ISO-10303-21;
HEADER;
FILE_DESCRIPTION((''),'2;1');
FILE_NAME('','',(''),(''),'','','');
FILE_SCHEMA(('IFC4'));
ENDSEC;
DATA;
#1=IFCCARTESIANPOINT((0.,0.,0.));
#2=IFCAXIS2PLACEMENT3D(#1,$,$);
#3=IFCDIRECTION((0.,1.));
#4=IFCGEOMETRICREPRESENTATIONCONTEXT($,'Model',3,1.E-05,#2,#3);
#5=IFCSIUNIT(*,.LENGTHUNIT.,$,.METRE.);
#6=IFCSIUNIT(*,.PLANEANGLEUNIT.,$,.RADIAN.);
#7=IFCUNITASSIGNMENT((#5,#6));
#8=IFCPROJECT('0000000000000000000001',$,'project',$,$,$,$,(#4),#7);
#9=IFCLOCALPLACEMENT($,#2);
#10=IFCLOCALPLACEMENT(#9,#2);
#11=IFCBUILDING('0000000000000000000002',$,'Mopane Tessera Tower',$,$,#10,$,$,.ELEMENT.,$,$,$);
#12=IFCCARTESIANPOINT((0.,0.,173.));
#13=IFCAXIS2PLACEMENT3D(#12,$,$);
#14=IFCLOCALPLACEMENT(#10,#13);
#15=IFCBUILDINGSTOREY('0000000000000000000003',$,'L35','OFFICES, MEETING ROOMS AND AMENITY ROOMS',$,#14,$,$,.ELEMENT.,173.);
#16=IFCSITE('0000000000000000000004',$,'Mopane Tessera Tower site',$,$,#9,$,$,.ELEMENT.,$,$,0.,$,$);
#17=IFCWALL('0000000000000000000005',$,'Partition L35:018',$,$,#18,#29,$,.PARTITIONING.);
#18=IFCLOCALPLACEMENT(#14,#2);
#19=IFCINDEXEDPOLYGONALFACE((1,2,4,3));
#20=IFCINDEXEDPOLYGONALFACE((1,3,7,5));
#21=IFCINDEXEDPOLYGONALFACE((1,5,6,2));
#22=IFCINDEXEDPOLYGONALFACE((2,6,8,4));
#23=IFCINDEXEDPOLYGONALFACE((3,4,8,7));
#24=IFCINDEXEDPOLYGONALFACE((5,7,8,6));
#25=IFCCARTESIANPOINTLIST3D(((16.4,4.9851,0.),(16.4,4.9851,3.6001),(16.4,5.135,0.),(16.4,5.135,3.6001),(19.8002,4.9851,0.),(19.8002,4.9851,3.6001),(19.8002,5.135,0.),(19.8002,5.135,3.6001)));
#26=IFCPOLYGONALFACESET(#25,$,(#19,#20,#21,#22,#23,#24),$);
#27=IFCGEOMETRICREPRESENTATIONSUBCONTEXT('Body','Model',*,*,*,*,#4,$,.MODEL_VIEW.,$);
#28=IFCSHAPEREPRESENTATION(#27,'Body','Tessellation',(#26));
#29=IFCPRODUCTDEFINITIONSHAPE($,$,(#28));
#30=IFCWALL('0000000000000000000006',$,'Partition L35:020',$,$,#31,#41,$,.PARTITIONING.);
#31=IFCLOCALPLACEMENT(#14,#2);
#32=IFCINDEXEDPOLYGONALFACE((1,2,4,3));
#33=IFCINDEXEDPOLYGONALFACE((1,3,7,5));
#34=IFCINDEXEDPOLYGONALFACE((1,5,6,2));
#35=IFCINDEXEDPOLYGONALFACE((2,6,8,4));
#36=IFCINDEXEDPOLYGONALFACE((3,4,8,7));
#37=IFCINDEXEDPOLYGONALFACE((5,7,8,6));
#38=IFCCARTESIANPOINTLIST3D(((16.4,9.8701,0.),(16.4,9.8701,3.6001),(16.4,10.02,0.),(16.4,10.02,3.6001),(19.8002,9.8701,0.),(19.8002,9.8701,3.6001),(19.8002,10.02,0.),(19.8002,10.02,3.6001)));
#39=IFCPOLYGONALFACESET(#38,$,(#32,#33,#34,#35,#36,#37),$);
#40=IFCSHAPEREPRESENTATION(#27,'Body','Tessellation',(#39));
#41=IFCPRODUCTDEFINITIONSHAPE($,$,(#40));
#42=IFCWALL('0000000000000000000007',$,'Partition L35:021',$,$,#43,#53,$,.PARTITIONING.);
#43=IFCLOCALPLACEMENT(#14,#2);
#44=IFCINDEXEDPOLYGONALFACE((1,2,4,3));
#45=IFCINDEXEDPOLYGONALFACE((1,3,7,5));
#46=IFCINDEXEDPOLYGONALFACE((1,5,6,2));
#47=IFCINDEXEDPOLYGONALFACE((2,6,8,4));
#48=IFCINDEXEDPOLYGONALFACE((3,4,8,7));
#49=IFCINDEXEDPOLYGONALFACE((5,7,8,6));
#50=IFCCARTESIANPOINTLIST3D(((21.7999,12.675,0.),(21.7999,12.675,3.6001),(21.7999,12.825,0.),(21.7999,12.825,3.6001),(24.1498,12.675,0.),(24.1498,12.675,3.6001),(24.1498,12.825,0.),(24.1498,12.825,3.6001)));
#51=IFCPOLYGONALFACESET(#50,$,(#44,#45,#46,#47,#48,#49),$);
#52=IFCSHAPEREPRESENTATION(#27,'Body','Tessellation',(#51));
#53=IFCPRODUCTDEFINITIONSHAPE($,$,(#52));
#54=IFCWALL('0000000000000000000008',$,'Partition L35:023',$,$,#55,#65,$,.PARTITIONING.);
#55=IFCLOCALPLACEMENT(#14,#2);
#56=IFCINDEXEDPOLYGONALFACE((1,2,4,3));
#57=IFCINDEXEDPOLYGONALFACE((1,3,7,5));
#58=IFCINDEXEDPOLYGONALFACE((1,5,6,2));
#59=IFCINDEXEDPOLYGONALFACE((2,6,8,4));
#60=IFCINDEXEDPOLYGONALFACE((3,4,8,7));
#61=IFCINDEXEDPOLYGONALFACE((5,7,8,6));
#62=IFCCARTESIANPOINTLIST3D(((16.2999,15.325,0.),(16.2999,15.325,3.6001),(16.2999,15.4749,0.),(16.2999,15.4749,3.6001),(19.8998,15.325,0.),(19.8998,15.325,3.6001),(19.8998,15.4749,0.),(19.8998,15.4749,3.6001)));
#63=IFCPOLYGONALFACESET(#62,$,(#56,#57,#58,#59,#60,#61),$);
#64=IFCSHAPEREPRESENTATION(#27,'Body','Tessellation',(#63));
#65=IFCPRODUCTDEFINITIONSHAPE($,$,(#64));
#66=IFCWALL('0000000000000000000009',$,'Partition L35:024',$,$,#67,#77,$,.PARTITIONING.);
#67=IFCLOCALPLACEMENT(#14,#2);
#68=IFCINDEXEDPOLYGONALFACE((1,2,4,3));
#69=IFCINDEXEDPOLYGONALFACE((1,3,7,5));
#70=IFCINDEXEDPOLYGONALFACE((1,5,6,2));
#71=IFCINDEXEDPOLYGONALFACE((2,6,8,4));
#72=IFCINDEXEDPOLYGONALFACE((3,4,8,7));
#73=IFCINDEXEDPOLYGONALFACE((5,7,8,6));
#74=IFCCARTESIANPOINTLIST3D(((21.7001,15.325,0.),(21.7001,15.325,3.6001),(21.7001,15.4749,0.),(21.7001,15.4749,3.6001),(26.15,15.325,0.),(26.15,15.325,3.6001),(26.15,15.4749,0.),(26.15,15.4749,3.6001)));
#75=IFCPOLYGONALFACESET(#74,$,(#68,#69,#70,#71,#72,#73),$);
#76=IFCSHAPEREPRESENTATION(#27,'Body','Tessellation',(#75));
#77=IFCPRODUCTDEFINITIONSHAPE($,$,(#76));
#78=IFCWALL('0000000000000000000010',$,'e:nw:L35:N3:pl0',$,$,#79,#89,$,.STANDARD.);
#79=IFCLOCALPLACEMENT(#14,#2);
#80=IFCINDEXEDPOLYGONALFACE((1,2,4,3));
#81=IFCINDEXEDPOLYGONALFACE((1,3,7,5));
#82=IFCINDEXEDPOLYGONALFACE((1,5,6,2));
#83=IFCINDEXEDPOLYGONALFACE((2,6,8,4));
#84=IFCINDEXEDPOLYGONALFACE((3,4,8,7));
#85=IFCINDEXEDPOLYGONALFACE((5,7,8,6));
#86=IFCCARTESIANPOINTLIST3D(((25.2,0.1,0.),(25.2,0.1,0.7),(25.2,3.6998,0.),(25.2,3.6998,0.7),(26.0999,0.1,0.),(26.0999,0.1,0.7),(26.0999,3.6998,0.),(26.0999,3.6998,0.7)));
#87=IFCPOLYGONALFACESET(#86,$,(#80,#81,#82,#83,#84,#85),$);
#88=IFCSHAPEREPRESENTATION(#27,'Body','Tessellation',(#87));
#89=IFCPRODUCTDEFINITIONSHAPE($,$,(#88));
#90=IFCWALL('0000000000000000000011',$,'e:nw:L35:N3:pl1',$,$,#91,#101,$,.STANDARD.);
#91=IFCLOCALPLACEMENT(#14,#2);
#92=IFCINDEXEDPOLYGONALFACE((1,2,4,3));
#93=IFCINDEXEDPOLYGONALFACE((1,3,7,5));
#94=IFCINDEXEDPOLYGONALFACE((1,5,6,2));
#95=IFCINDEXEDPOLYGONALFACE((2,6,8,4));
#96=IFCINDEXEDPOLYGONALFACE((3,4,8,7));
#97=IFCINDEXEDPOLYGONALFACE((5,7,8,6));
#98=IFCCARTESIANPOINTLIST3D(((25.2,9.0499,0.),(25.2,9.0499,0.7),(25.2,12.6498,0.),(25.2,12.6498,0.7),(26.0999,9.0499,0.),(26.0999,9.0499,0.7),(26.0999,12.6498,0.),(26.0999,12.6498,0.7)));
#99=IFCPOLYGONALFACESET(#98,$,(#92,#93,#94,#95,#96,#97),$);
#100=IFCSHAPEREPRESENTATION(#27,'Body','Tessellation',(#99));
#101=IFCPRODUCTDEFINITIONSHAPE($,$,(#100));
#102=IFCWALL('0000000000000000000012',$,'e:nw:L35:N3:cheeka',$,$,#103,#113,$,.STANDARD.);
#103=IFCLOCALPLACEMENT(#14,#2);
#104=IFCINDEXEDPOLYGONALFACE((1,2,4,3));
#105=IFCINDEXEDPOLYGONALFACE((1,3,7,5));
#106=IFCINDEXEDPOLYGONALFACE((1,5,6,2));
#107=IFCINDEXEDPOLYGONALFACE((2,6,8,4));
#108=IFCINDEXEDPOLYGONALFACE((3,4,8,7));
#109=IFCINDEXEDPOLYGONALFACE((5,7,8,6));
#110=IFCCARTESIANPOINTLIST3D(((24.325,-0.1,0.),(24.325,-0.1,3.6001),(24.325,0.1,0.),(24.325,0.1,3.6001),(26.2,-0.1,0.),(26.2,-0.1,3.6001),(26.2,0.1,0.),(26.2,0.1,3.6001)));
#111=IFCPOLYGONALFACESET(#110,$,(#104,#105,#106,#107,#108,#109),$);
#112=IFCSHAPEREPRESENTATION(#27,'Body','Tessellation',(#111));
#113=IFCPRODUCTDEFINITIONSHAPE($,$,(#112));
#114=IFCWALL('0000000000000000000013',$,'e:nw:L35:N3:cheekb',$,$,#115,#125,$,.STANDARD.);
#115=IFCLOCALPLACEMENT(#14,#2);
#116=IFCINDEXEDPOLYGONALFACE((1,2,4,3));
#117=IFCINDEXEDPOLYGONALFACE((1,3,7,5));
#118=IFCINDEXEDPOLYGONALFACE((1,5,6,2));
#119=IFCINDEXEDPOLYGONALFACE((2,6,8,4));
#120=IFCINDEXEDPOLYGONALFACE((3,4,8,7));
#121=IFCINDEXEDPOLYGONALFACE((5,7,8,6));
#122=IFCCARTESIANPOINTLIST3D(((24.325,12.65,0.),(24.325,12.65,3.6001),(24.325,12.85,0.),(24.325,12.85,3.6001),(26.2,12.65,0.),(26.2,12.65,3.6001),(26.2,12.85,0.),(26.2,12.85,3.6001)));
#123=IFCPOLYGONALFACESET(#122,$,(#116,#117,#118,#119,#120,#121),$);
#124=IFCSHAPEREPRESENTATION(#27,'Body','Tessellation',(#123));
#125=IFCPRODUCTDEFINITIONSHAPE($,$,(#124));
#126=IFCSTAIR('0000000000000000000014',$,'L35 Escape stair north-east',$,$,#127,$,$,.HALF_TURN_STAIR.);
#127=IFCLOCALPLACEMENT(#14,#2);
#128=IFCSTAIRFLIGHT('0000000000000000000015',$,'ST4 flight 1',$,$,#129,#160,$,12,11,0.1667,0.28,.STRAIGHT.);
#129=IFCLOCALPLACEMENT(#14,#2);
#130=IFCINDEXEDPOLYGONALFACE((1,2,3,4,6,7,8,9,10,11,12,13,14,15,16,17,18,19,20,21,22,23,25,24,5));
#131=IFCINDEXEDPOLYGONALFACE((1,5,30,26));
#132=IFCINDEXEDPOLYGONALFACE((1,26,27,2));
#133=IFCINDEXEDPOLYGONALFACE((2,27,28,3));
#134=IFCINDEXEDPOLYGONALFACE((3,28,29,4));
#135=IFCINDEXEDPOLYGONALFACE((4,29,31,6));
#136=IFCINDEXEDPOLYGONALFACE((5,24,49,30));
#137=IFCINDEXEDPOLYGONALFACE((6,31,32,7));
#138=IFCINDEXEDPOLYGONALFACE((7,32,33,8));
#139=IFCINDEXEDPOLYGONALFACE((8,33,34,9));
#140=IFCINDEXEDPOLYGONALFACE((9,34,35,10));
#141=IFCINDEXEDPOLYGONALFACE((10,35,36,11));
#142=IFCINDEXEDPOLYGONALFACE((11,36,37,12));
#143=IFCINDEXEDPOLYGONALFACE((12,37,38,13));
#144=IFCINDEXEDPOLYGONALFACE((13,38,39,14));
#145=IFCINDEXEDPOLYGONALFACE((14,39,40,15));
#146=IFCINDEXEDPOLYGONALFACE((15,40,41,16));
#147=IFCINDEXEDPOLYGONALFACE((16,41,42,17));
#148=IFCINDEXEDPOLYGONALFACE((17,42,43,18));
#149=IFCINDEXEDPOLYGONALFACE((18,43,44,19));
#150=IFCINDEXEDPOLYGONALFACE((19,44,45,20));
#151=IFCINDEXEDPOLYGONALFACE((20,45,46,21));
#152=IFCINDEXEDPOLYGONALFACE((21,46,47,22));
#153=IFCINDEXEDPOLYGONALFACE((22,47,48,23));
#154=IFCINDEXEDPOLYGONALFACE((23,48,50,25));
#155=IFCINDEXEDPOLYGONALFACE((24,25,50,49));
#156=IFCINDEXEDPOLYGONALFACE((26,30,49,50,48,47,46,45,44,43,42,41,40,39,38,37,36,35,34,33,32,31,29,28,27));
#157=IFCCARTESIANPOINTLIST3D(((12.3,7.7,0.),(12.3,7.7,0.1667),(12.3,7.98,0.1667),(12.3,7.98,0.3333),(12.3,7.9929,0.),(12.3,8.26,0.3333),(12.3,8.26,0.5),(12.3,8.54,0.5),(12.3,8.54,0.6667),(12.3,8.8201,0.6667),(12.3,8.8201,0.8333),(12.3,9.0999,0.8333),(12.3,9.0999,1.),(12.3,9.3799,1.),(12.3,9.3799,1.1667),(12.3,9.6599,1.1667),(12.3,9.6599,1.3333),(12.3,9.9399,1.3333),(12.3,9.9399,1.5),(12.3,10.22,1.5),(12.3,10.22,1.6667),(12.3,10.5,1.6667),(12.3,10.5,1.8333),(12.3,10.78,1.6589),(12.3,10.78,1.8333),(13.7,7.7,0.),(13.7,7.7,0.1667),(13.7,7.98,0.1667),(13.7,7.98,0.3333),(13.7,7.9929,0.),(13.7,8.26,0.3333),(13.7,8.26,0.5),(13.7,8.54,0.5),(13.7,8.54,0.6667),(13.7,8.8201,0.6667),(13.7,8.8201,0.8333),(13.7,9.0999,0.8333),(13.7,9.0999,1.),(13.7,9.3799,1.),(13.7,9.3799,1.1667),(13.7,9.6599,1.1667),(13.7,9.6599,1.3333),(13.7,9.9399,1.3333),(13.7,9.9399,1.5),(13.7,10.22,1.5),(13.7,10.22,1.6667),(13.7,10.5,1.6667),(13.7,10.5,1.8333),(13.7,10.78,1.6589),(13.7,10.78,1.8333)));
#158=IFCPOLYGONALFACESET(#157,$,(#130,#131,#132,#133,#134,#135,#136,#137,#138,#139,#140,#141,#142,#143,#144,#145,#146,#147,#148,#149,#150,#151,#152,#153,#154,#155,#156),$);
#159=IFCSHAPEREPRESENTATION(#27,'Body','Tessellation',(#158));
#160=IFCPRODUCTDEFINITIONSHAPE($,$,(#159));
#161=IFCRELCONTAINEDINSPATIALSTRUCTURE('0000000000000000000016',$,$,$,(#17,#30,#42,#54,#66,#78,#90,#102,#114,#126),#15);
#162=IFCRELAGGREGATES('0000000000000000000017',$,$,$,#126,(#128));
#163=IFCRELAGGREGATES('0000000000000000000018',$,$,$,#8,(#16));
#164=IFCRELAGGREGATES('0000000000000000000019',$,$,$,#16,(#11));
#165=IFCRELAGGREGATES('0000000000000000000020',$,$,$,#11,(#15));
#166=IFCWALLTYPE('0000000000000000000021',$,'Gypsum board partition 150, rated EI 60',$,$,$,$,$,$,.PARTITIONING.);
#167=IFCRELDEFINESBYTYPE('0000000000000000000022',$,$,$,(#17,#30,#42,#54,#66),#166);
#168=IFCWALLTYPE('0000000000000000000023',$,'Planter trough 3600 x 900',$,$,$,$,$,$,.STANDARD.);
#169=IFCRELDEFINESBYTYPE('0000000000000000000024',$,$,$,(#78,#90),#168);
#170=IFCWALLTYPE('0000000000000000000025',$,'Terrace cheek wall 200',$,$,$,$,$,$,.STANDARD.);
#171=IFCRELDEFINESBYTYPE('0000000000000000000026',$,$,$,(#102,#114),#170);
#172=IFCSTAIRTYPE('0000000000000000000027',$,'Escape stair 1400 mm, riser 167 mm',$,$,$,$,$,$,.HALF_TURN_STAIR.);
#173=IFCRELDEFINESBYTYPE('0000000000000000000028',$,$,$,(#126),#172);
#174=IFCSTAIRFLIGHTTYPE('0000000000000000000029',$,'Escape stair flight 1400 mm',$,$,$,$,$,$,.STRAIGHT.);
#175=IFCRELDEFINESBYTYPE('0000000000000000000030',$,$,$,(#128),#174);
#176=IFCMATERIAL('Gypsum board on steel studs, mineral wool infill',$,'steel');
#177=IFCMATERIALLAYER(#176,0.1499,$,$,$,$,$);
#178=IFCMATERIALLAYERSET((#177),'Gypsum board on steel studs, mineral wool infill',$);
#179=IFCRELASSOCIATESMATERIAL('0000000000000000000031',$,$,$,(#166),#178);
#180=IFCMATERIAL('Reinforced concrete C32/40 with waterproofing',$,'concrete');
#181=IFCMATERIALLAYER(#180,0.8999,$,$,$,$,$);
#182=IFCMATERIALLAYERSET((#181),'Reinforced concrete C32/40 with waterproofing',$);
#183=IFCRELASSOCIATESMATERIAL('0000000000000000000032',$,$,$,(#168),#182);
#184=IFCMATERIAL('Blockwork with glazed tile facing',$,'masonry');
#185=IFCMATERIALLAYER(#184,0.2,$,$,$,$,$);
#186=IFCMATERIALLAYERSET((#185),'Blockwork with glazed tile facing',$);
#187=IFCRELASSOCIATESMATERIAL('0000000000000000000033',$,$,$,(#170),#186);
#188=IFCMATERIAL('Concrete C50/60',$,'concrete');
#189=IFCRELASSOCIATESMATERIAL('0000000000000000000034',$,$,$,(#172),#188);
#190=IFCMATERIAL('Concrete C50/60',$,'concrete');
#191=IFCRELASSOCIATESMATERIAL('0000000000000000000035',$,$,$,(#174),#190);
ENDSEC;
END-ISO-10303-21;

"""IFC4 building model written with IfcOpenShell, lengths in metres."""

from ifc_helpers import new_model, si_unit, direction, frame, frame_2d, origin, place, context, subcontext, project, spatial, polyline, rectangle, outline, extrude, material, layer, layer_set, type_object, element, aggregate, save


model = new_model("IFC4")

# Units and contexts
model_context = context("Model", 3, precision=1e-05, world=origin(), true_north=direction((0.0, 1.0)))
body_context = subcontext(model_context, "Body", "Model", "MODEL_VIEW")
ifc_project = project(units=[si_unit("LENGTHUNIT", "METRE"), si_unit("PLANEANGLEUNIT", "RADIAN")], contexts=[model_context])

# Site, building, storey
site_placement = place(None, origin())
site = spatial("IfcSite", under=ifc_project, at=site_placement, Name="Mopane Tessera Tower site", CompositionType="ELEMENT", RefElevation=0.0)
building_placement = place(site_placement, origin())
building = spatial("IfcBuilding", under=site, at=building_placement, Name="Mopane Tessera Tower", CompositionType="ELEMENT")
storey_placement = place(building_placement, frame((0.0, 0.0, 173.0)))
storey = spatial("IfcBuildingStorey", under=building, at=storey_placement, Name="L35", Description="OFFICES, MEETING ROOMS AND AMENITY ROOMS", CompositionType="ELEMENT", Elevation=173.0)

# Walls
ifc_material_1 = material(Name="Gypsum board on steel studs, mineral wool infill", Category="steel")
ifc_layer_1 = layer(ifc_material_1, 0.1499)
ifc_layer_set_1 = layer_set([ifc_layer_1], Name="Gypsum board on steel studs, mineral wool infill")
wall_type_1 = type_object("IfcWallType", Name="Gypsum board partition 150, rated EI 60", PredefinedType="PARTITIONING", material=ifc_layer_set_1)
for number, where, z_axis, x_axis, name in (
    (1, (16.3999, 5.0601, 0.0), (0.0, 0.0, 1.0), (1.0, 0.0, 0.0), "Partition L35:018"),
    (2, (16.3999, 9.9451, 0.0), (0.0, 0.0, 1.0), (1.0, 0.0, 0.0), "Partition L35:020"),
):
    element("IfcWall", number, at=place(storey_placement, frame(where, z_axis=z_axis, x_axis=x_axis)), inside=storey, type_object=wall_type_1, Name=name, PredefinedType="PARTITIONING", context=body_context, shape_type="SweptSolid", body=[
        extrude(rectangle(XDim=3.4001, YDim=0.1499, at=frame_2d((1.7002, 0.0))), origin(), (0.0, 0.0, 1.0), 3.6001),
    ])
wall_1_placement = place(storey_placement, frame((21.8, 12.75, 0.0), z_axis=(0.0, 0.0, 1.0), x_axis=(1.0, 0.0, 0.0)))
element("IfcWall", 3, at=wall_1_placement, inside=storey, type_object=wall_type_1, Name="Partition L35:021", PredefinedType="PARTITIONING", context=body_context, shape_type="SweptSolid", body=[
    extrude(rectangle(XDim=2.3499, YDim=0.1499, at=frame_2d((1.1748, 0.0))), origin(), (0.0, 0.0, 1.0), 3.6001),
])
wall_2_placement = place(storey_placement, frame((16.3, 15.3999, 0.0), z_axis=(0.0, 0.0, 1.0), x_axis=(1.0, 0.0, 0.0)))
element("IfcWall", 4, at=wall_2_placement, inside=storey, type_object=wall_type_1, Name="Partition L35:023", PredefinedType="PARTITIONING", context=body_context, shape_type="SweptSolid", body=[
    extrude(rectangle(XDim=3.5999, YDim=0.1499, at=frame_2d((1.7998, 0.0))), origin(), (0.0, 0.0, 1.0), 3.6001),
])
wall_3_placement = place(storey_placement, frame((21.7, 15.3999, 0.0), z_axis=(0.0, 0.0, 1.0), x_axis=(1.0, 0.0, 0.0)))
element("IfcWall", 5, at=wall_3_placement, inside=storey, type_object=wall_type_1, Name="Partition L35:024", PredefinedType="PARTITIONING", context=body_context, shape_type="SweptSolid", body=[
    extrude(rectangle(XDim=4.45, YDim=0.1499, at=frame_2d((2.2251, 0.0))), origin(), (0.0, 0.0, 1.0), 3.6001),
])
ifc_material_2 = material(Name="Reinforced concrete C32/40 with waterproofing", Category="concrete")
ifc_layer_2 = layer(ifc_material_2, 0.8999)
ifc_layer_set_2 = layer_set([ifc_layer_2], Name="Reinforced concrete C32/40 with waterproofing")
wall_type_2 = type_object("IfcWallType", Name="Planter trough 3600 x 900", PredefinedType="STANDARD", material=ifc_layer_set_2)
for number, where, z_axis, x_axis, name in (
    (6, (25.6499, 0.1001, 0.0), (0.0, 0.0, 1.0), (0.0, 1.0, 0.0), "e:nw:L35:N3:pl0"),
    (7, (25.6499, 9.05, 0.0), (0.0, 0.0, 1.0), (0.0, 1.0, 0.0), "e:nw:L35:N3:pl1"),
):
    element("IfcWall", number, at=place(storey_placement, frame(where, z_axis=z_axis, x_axis=x_axis)), inside=storey, type_object=wall_type_2, Name=name, PredefinedType="STANDARD", context=body_context, shape_type="SweptSolid", body=[
        extrude(rectangle(XDim=3.5999, YDim=0.8999, at=frame_2d((1.7998, 0.0))), origin(), (0.0, 0.0, 1.0), 0.7),
    ])
ifc_material_3 = material(Name="Blockwork with glazed tile facing", Category="masonry")
ifc_layer_3 = layer(ifc_material_3, 0.2)
ifc_layer_set_3 = layer_set([ifc_layer_3], Name="Blockwork with glazed tile facing")
wall_type_3 = type_object("IfcWallType", Name="Terrace cheek wall 200", PredefinedType="STANDARD", material=ifc_layer_set_3)
for number, where, z_axis, x_axis, name in (
    (8, (26.2, 0.0, 0.0), (0.0, 0.0, 1.0), (-1.0, 0.0, 0.0), "e:nw:L35:N3:cheeka"),
    (9, (26.2, 12.75, 0.0), (0.0, 0.0, 1.0), (-1.0, 0.0, 0.0), "e:nw:L35:N3:cheekb"),
):
    element("IfcWall", number, at=place(storey_placement, frame(where, z_axis=z_axis, x_axis=x_axis)), inside=storey, type_object=wall_type_3, Name=name, PredefinedType="STANDARD", context=body_context, shape_type="SweptSolid", body=[
        extrude(rectangle(XDim=1.875, YDim=0.2, at=frame_2d((0.9375, 0.0))), origin(), (0.0, 0.0, 1.0), 3.6001),
    ])

# Stair, stair flight
ifc_material_4 = material(Name="Concrete C50/60", Category="concrete")
stair_type = type_object("IfcStairType", Name="Escape stair 1400 mm, riser 167 mm", PredefinedType="HALF_TURN_STAIR", material=ifc_material_4)
stair_placement = place(storey_placement, origin())
stair = element("IfcStair", 10, at=stair_placement, inside=storey, type_object=stair_type, Name="L35 Escape stair north-east", PredefinedType="HALF_TURN_STAIR")
ifc_material_5 = material(Name="Concrete C50/60", Category="concrete")
stair_flight_type = type_object("IfcStairFlightType", Name="Escape stair flight 1400 mm", PredefinedType="STRAIGHT", material=ifc_material_5)
stair_flight_placement = place(storey_placement, frame((13.0, 7.7, 0.0), z_axis=(0.0, 0.0, 1.0), x_axis=(0.0, 1.0, 0.0)))
stair_flight = element("IfcStairFlight", 11, at=stair_flight_placement, type_object=stair_flight_type, Name="ST4 flight 1", NumberOfRisers=12, NumberOfTreads=11, PredefinedType="STRAIGHT", RiserHeight=0.1667, TreadLength=0.28, context=body_context, shape_type="SweptSolid", body=[
    extrude(outline(polyline([(0.0, 0.0), (0.0, 0.1667), (0.28, 0.1667), (0.28, 0.3333), (0.5601, 0.3333), (0.5601, 0.5), (0.8401, 0.5), (0.8401, 0.6667), (1.1201, 0.6667), (1.1201, 0.8333), (1.3999, 0.8333), (1.3999, 1.0), (1.6799, 1.0), (1.6799, 1.1667), (1.96, 1.1667), (1.96, 1.3333), (2.24, 1.3333), (2.24, 1.5), (2.52, 1.5), (2.52, 1.6667), (2.8, 1.6667), (2.8, 1.8333), (3.0801, 1.8333), (3.0801, 2.0), (3.0801, 1.6589), (0.293, 0.0), (0.0, 0.0)])), frame((0.0, 0.7, 0.0), z_axis=(0.0, -1.0, 0.0), x_axis=(1.0, 0.0, 0.0)), (0.0, 0.0, 1.0), 1.3999),
])
aggregate(stair, [stair_flight])

save(model, "model.ifc")
